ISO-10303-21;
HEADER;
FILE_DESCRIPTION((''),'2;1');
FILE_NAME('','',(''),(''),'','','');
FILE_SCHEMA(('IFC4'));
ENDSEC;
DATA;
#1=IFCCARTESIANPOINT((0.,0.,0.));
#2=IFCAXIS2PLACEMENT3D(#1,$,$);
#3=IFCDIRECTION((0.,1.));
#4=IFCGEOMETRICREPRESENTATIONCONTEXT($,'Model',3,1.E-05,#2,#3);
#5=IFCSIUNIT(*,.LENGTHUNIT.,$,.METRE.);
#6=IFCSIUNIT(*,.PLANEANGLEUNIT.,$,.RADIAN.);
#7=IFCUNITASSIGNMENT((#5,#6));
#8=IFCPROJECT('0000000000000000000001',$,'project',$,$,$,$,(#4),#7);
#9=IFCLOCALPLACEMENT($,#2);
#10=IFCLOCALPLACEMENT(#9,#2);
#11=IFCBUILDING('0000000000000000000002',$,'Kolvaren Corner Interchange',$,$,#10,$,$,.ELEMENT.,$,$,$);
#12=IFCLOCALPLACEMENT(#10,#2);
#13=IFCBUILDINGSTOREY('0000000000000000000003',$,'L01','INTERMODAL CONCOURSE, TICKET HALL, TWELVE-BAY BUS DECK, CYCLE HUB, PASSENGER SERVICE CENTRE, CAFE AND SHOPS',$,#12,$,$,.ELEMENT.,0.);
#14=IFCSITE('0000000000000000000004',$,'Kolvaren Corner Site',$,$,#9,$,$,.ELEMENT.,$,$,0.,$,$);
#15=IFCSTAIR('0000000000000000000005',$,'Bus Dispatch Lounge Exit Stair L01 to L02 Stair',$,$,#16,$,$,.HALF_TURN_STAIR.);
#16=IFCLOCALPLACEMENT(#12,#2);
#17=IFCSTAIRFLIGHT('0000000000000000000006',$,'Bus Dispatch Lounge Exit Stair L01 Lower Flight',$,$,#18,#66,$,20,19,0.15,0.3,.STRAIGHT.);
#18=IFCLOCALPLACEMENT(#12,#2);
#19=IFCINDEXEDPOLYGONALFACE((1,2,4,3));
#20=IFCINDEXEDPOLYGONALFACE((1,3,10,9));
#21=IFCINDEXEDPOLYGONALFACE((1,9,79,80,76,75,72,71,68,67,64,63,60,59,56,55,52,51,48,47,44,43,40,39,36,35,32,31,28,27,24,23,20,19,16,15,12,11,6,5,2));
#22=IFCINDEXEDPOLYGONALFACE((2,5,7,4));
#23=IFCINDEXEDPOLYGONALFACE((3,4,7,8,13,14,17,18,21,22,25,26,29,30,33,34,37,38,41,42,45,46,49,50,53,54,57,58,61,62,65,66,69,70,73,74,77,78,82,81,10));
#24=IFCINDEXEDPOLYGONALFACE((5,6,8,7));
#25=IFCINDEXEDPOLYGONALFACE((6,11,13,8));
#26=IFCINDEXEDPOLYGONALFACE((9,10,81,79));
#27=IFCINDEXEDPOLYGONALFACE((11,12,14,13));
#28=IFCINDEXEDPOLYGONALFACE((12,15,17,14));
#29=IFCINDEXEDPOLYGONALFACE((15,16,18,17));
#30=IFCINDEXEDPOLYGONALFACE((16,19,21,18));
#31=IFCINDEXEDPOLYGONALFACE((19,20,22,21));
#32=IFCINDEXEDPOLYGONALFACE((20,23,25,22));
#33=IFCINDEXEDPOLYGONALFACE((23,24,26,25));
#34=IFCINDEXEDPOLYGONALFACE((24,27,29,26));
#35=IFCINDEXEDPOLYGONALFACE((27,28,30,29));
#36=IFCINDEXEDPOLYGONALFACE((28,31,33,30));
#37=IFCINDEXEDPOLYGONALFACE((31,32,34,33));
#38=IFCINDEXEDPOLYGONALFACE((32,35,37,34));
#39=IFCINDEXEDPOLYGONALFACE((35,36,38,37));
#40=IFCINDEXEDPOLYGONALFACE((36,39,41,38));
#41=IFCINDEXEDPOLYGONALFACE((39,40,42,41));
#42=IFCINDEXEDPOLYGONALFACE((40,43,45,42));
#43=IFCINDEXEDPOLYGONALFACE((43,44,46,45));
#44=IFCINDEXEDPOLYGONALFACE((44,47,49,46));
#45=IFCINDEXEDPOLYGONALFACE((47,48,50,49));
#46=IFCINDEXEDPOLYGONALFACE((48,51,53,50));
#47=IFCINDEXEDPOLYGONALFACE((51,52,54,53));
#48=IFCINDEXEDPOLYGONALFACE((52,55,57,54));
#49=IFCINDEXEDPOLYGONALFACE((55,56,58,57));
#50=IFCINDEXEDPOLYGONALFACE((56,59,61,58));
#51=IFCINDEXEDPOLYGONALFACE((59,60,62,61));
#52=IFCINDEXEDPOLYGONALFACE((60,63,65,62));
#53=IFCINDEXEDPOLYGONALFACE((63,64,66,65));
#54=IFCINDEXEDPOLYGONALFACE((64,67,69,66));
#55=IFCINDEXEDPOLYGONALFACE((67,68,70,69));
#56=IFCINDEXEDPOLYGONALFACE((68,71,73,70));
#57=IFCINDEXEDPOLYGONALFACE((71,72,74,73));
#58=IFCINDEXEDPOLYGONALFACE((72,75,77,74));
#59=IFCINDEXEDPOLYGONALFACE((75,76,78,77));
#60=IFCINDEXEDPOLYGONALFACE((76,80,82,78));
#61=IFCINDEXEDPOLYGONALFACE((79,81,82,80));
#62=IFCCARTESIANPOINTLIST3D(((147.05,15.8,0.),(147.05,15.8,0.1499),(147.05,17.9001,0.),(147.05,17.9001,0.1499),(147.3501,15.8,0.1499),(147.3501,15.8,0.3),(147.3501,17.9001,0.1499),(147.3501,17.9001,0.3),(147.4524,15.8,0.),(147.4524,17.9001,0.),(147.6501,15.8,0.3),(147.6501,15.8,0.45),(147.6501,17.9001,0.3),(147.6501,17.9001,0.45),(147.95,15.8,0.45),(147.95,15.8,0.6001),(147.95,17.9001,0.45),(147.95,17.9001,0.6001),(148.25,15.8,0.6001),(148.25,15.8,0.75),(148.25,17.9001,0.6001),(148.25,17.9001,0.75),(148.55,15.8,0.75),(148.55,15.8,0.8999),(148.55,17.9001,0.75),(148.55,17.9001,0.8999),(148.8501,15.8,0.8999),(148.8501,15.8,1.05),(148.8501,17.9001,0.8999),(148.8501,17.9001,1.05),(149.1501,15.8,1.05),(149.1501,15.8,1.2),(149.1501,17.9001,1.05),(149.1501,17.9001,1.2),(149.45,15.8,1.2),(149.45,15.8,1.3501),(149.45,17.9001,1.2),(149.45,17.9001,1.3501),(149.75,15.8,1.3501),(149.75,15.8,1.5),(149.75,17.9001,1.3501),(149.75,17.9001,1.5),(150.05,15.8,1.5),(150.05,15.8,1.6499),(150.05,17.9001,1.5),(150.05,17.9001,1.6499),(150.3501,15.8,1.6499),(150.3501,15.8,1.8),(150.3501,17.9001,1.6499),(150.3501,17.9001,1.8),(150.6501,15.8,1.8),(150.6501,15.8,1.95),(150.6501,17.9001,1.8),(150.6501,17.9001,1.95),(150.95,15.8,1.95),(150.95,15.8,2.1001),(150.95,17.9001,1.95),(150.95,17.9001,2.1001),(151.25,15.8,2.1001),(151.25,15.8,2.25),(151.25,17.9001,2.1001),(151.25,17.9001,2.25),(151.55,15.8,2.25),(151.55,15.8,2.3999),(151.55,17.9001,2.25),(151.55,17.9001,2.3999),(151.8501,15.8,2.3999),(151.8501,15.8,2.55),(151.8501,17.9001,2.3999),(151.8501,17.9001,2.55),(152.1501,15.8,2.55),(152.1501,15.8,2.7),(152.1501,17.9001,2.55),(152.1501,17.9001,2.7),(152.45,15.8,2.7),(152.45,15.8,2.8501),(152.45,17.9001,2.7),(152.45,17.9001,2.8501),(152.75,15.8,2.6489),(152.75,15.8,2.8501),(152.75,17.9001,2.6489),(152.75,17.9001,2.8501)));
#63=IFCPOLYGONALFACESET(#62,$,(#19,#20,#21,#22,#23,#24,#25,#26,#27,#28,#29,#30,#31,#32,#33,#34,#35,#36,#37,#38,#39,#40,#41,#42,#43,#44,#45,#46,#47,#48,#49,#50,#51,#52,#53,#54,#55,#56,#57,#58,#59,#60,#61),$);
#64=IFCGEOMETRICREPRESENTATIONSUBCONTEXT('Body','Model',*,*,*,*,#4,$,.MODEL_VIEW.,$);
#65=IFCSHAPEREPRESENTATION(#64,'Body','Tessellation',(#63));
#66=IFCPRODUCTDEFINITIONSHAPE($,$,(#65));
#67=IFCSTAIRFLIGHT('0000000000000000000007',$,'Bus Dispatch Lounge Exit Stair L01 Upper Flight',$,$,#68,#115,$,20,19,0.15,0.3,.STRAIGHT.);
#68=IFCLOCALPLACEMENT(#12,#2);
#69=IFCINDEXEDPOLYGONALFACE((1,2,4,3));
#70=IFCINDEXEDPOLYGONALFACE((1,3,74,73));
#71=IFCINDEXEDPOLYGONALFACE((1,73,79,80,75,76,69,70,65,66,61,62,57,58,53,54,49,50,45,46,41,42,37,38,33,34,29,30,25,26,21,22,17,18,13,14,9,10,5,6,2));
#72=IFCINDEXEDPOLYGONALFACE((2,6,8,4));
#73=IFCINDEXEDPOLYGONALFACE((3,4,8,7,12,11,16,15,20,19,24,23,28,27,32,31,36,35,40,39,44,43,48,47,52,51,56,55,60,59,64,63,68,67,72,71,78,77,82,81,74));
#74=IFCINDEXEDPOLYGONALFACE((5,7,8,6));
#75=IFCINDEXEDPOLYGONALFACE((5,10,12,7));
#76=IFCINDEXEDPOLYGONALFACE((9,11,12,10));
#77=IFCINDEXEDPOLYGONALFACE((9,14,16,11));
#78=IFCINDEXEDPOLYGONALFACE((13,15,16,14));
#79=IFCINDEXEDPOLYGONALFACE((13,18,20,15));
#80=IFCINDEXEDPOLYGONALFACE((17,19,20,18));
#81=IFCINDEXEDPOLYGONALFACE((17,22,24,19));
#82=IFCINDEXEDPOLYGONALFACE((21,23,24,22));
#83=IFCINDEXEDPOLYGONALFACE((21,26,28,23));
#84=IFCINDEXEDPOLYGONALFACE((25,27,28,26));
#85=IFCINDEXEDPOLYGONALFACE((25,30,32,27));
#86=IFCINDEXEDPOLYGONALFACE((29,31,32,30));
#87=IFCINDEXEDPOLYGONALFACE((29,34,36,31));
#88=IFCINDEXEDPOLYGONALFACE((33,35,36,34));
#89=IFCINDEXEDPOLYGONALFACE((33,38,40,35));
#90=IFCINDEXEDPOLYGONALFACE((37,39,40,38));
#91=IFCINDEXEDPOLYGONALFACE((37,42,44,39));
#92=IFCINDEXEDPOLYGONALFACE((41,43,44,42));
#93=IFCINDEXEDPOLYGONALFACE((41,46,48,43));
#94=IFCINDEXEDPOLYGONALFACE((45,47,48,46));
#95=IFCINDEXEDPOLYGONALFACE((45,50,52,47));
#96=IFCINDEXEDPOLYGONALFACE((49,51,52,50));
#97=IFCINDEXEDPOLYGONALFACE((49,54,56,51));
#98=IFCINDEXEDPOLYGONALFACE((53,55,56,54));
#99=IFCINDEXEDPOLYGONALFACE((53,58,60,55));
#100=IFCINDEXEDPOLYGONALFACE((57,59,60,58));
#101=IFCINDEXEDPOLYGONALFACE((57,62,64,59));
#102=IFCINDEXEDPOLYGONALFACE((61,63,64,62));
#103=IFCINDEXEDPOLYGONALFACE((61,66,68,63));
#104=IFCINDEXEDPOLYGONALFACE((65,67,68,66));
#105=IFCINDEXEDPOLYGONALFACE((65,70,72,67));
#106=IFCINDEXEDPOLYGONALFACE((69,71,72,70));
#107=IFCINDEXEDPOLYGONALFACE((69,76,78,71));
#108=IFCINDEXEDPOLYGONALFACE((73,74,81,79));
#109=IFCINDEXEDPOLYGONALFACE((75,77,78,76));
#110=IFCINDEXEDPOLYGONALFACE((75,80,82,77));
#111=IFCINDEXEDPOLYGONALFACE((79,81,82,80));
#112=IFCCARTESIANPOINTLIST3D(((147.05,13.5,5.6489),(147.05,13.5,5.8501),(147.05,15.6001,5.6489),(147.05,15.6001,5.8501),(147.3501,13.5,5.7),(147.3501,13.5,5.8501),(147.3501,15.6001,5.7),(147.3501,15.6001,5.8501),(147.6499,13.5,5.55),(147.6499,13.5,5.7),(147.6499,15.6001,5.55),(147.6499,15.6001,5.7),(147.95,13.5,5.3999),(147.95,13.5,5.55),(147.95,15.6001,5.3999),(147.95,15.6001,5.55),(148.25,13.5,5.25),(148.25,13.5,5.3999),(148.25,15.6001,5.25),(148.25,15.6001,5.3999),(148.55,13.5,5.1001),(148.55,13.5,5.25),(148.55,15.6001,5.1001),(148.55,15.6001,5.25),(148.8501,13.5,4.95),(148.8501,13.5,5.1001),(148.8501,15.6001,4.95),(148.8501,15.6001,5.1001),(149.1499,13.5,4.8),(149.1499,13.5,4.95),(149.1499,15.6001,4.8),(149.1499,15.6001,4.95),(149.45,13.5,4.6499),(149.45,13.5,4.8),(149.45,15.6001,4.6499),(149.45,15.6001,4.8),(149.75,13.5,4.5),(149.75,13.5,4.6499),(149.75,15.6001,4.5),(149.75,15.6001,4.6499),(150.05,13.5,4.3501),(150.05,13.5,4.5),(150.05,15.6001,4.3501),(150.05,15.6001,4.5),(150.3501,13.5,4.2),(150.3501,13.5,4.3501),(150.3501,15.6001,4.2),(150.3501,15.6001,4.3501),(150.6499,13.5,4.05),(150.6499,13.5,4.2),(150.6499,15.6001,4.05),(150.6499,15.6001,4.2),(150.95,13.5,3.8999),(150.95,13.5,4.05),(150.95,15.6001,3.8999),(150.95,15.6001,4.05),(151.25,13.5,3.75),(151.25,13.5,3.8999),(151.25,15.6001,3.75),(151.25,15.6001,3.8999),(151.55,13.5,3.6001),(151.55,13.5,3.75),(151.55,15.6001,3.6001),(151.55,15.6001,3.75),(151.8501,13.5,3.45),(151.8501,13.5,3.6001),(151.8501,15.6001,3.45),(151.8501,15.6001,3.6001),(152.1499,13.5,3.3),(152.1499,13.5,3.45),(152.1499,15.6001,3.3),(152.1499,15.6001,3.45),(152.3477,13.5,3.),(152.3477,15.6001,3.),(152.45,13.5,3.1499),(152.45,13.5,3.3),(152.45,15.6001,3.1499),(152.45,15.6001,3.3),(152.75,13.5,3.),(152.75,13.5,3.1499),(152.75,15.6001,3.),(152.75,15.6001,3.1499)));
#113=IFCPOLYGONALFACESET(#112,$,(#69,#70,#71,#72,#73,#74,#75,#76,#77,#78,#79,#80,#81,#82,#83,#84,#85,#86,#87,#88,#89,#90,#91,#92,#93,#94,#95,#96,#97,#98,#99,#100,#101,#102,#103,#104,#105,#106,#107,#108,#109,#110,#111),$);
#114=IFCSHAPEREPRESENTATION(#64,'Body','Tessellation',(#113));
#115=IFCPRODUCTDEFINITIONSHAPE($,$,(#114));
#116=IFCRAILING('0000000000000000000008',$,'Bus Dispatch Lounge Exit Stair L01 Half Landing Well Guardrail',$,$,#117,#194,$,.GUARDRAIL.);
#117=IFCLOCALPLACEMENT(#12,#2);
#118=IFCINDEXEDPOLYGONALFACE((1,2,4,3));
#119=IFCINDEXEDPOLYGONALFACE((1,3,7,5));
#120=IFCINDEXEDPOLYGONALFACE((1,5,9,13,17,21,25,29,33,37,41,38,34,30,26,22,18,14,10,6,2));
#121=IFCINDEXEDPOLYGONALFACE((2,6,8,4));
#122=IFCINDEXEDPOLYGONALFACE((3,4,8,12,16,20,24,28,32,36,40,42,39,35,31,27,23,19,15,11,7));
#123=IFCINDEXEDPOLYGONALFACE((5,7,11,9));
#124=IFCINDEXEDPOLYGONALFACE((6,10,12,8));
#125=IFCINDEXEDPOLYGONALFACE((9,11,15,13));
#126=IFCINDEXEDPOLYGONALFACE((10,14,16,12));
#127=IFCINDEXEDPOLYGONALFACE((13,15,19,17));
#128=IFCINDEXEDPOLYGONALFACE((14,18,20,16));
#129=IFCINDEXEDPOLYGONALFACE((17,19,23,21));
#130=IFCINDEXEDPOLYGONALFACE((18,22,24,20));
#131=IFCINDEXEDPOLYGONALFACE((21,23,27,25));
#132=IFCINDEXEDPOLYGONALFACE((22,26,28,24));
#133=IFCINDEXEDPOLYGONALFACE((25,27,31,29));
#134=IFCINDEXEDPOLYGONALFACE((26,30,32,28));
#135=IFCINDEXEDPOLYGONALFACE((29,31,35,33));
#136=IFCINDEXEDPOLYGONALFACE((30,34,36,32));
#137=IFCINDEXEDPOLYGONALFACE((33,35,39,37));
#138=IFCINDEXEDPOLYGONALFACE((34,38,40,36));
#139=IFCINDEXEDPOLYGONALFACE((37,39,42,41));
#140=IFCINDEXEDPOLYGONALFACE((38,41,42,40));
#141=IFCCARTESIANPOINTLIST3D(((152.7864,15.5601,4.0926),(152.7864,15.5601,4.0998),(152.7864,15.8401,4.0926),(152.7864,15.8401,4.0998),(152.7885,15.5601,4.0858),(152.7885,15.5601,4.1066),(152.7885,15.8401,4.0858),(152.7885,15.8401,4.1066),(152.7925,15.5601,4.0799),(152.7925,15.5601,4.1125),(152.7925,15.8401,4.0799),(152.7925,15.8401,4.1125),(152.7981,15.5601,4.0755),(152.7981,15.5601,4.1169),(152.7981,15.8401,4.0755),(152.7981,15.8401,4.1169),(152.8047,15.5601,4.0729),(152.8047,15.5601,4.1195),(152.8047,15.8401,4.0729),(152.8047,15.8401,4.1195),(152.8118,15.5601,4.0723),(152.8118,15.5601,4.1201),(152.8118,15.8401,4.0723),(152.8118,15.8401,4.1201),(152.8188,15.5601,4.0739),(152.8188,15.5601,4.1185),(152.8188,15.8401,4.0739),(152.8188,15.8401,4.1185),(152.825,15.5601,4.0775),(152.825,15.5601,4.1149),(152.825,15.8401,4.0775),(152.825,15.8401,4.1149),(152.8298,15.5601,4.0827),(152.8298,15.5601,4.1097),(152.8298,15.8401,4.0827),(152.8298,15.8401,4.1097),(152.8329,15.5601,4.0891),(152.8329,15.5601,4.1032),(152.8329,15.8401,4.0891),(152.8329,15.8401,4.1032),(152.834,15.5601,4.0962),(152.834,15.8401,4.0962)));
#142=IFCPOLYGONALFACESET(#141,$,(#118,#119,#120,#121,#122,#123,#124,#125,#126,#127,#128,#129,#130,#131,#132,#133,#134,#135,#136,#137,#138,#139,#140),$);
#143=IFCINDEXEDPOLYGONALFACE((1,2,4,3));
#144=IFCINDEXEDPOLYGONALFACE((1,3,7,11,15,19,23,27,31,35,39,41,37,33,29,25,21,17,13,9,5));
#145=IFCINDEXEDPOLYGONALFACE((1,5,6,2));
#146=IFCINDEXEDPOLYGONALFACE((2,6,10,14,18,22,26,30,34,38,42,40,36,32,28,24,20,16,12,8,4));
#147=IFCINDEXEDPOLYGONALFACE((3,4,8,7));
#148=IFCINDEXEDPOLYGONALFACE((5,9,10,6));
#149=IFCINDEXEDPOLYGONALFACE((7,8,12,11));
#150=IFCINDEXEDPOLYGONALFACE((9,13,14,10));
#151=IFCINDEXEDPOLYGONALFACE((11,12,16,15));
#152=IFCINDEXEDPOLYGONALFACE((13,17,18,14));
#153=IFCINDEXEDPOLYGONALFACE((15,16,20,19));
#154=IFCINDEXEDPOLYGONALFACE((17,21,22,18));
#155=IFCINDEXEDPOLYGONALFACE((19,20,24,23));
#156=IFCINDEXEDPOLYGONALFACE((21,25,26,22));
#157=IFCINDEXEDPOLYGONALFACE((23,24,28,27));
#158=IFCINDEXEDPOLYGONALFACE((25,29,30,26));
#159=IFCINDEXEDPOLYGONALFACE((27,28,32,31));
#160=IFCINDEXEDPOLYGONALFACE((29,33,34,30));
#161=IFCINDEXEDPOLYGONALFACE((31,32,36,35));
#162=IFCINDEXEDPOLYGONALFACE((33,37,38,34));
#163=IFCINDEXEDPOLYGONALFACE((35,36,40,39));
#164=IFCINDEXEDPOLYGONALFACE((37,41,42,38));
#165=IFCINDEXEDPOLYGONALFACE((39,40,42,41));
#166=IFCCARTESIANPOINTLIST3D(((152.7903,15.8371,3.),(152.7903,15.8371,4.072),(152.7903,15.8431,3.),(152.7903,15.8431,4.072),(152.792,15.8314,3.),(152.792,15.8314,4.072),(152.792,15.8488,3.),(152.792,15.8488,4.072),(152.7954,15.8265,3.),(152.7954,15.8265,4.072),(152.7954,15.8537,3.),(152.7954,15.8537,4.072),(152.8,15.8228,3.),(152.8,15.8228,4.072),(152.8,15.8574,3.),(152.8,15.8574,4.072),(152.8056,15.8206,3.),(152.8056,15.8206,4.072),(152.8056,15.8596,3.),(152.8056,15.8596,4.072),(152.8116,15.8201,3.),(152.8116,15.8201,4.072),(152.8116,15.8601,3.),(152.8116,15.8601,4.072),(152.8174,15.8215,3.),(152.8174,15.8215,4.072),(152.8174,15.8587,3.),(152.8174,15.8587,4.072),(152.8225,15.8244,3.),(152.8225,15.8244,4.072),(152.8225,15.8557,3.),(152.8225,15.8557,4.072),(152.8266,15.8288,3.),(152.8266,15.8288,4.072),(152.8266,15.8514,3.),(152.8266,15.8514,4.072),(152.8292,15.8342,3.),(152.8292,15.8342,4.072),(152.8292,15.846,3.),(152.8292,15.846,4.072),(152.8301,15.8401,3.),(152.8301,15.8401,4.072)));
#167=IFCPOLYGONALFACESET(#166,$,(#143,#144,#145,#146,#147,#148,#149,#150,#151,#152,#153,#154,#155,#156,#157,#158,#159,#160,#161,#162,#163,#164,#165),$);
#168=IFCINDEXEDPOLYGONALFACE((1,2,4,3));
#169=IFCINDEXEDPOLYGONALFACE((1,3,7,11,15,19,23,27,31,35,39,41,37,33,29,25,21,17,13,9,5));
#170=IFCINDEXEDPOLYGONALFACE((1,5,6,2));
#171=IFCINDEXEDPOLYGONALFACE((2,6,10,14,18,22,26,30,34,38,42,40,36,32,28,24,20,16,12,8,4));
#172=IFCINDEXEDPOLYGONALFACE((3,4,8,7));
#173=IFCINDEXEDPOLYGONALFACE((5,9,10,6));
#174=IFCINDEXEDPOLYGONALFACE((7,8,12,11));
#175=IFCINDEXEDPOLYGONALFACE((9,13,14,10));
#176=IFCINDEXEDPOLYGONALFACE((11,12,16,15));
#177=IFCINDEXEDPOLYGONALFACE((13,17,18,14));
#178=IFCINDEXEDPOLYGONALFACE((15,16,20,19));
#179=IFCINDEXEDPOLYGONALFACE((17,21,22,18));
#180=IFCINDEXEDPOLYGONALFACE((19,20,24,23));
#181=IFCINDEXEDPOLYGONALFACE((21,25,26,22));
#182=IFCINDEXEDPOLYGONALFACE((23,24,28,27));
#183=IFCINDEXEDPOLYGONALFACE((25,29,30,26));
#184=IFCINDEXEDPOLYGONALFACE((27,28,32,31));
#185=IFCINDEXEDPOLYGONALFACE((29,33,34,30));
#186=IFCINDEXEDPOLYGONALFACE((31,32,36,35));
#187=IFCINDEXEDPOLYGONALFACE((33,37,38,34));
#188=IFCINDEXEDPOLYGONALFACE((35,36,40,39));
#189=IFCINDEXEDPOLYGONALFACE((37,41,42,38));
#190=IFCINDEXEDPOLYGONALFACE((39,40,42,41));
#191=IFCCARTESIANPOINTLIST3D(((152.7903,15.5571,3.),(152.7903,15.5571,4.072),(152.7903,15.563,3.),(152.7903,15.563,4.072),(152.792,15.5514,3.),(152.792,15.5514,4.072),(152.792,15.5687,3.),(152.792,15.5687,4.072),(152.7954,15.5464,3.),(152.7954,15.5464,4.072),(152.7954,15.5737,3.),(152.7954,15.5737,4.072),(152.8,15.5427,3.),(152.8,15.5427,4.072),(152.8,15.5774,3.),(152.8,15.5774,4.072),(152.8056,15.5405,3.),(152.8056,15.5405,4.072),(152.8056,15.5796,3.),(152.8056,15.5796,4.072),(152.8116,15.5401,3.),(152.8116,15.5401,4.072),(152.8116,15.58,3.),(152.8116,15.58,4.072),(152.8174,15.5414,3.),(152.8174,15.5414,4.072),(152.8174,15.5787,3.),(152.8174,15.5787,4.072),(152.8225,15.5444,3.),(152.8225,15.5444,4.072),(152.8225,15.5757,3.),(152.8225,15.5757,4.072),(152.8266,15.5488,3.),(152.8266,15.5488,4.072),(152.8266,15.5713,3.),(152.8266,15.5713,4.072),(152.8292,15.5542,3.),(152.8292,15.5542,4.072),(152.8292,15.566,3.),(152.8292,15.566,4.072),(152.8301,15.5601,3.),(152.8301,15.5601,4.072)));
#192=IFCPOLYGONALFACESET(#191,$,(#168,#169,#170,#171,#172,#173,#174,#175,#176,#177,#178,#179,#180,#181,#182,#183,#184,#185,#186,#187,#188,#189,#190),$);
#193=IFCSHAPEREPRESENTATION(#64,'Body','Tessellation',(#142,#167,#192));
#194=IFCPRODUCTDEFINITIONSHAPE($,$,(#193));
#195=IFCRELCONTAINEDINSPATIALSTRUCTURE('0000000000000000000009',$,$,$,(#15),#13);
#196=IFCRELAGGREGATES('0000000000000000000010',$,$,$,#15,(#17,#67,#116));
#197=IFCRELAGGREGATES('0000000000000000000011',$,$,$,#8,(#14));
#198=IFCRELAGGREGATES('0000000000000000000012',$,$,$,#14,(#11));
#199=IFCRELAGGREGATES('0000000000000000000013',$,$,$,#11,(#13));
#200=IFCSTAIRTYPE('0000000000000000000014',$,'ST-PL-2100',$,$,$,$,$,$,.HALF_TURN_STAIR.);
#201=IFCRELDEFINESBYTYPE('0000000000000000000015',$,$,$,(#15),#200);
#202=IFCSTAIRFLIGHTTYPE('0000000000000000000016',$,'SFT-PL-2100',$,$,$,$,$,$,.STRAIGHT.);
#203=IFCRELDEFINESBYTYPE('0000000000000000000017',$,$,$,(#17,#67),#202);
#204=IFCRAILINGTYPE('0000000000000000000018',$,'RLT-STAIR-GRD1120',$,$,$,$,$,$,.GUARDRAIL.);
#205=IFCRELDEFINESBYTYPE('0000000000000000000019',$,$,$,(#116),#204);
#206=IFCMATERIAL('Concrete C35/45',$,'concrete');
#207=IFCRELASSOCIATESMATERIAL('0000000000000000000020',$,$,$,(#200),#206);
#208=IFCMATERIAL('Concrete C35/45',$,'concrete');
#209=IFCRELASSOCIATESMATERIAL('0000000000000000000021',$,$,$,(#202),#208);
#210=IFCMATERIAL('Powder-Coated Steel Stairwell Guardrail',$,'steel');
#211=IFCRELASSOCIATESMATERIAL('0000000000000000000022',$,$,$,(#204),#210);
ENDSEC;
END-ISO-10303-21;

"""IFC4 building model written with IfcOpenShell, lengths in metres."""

from ifc_helpers import new_model, si_unit, direction, frame, origin, origin_2d, place, context, subcontext, project, spatial, polyline, circle, outline, extrude, material, type_object, element, aggregate, save


model = new_model("IFC4")

# Units and contexts
model_context = context("Model", 3, precision=1e-05, world=origin(), true_north=direction((0.0, 1.0)))
body_context = subcontext(model_context, "Body", "Model", "MODEL_VIEW")
ifc_project = project(units=[si_unit("LENGTHUNIT", "METRE"), si_unit("PLANEANGLEUNIT", "RADIAN")], contexts=[model_context])

# Site, building, storey
site_placement = place(None, origin())
site = spatial("IfcSite", under=ifc_project, at=site_placement, Name="Kolvaren Corner Site", CompositionType="ELEMENT", RefElevation=0.0)
building_placement = place(site_placement, origin())
building = spatial("IfcBuilding", under=site, at=building_placement, Name="Kolvaren Corner Interchange", CompositionType="ELEMENT")
storey_placement = place(building_placement, origin())
storey = spatial("IfcBuildingStorey", under=building, at=storey_placement, Name="L01", Description="INTERMODAL CONCOURSE, TICKET HALL, TWELVE-BAY BUS DECK, CYCLE HUB, PASSENGER SERVICE CENTRE, CAFE AND SHOPS", CompositionType="ELEMENT", Elevation=0.0)

# Stair, stair flights, railing
ifc_material_1 = material(Name="Concrete C35/45", Category="concrete")
stair_type = type_object("IfcStairType", Name="ST-PL-2100", PredefinedType="HALF_TURN_STAIR", material=ifc_material_1)
stair_placement = place(storey_placement, origin())
stair = element("IfcStair", 1, at=stair_placement, inside=storey, type_object=stair_type, Name="Bus Dispatch Lounge Exit Stair L01 to L02 Stair", PredefinedType="HALF_TURN_STAIR")
ifc_material_2 = material(Name="Concrete C35/45", Category="concrete")
stair_flight_type = type_object("IfcStairFlightType", Name="SFT-PL-2100", PredefinedType="STRAIGHT", material=ifc_material_2)
stair_flight_1_placement = place(storey_placement, frame((147.05, 16.8501, 0.0), z_axis=(0.0, 0.0, 1.0), x_axis=(1.0, 0.0, 0.0)))
stair_flight_1 = element("IfcStairFlight", 2, at=stair_flight_1_placement, type_object=stair_flight_type, Name="Bus Dispatch Lounge Exit Stair L01 Lower Flight", NumberOfRisers=20, NumberOfTreads=19, PredefinedType="STRAIGHT", RiserHeight=0.15, TreadLength=0.3, context=body_context, shape_type="SweptSolid", body=[
    extrude(outline(polyline([(0.0, 0.0), (0.0, 0.1499), (0.3, 0.1499), (0.3, 0.3), (0.6001, 0.3), (0.6001, 0.45), (0.8999, 0.45), (0.8999, 0.6001), (1.2, 0.6001), (1.2, 0.75), (1.5, 0.75), (1.5, 0.8999), (1.8, 0.8999), (1.8, 1.05), (2.1001, 1.05), (2.1001, 1.2), (2.3999, 1.2), (2.3999, 1.3501), (2.7, 1.3501), (2.7, 1.5), (3.0, 1.5), (3.0, 1.6499), (3.3, 1.6499), (3.3, 1.8), (3.6001, 1.8), (3.6001, 1.95), (3.8999, 1.95), (3.8999, 2.1001), (4.2, 2.1001), (4.2, 2.25), (4.5, 2.25), (4.5, 2.3999), (4.8, 2.3999), (4.8, 2.55), (5.1001, 2.55), (5.1001, 2.7), (5.3999, 2.7), (5.3999, 2.8501), (5.7, 2.8501), (5.7, 3.0), (5.7, 2.6489), (0.4023, 0.0), (0.0, 0.0)])), frame((0.0, 1.05, 0.0), z_axis=(0.0, -1.0, 0.0), x_axis=(1.0, 0.0, 0.0)), (0.0, 0.0, 1.0), 2.1001),
])
stair_flight_2_placement = place(storey_placement, frame((152.75, 14.55, 3.0), z_axis=(0.0, 0.0, 1.0), x_axis=(-1.0, 0.0, 0.0)))
stair_flight_2 = element("IfcStairFlight", 3, at=stair_flight_2_placement, type_object=stair_flight_type, Name="Bus Dispatch Lounge Exit Stair L01 Upper Flight", NumberOfRisers=20, NumberOfTreads=19, PredefinedType="STRAIGHT", RiserHeight=0.15, TreadLength=0.3, context=body_context, shape_type="SweptSolid", body=[
    extrude(outline(polyline([(0.0, 0.0), (0.0, 0.1499), (0.3, 0.1499), (0.3, 0.3), (0.6001, 0.3), (0.6001, 0.45), (0.8999, 0.45), (0.8999, 0.6001), (1.2, 0.6001), (1.2, 0.75), (1.5, 0.75), (1.5, 0.8999), (1.8, 0.8999), (1.8, 1.05), (2.1001, 1.05), (2.1001, 1.2), (2.3999, 1.2), (2.3999, 1.3501), (2.7, 1.3501), (2.7, 1.5), (3.0, 1.5), (3.0, 1.6499), (3.3, 1.6499), (3.3, 1.8), (3.6001, 1.8), (3.6001, 1.95), (3.8999, 1.95), (3.8999, 2.1001), (4.2, 2.1001), (4.2, 2.25), (4.5, 2.25), (4.5, 2.3999), (4.8, 2.3999), (4.8, 2.55), (5.1001, 2.55), (5.1001, 2.7), (5.3999, 2.7), (5.3999, 2.8501), (5.7, 2.8501), (5.7, 3.0), (5.7, 2.6489), (0.4023, 0.0), (0.0, 0.0)])), frame((0.0, 1.05, 0.0), z_axis=(0.0, -1.0, 0.0), x_axis=(1.0, 0.0, 0.0)), (0.0, 0.0, 1.0), 2.1001),
])
ifc_material_3 = material(Name="Powder-Coated Steel Stairwell Guardrail", Category="steel")
railing_type_1 = type_object("IfcRailingType", Name="RLT-STAIR-GRD1120", PredefinedType="GUARDRAIL", material=ifc_material_3)
railing_1_placement = place(storey_placement, frame((152.8101, 15.8401, 3.0)))
railing_1 = element("IfcRailing", 4, at=railing_1_placement, type_object=railing_type_1, Name="Bus Dispatch Lounge Exit Stair L01 Half Landing Well Guardrail", PredefinedType="GUARDRAIL", context=body_context, shape_type="SweptSolid", body=[
    extrude(circle(Radius=0.0239, at=origin_2d()), frame((0.0, 0.0, 1.0962), z_axis=(0.0, -1.0, 0.0), x_axis=(1.0, 0.0, 0.0)), (0.0, 0.0, 1.0), 0.28),
    extrude(circle(Radius=0.02, at=origin_2d()), origin(), (0.0, 0.0, 1.0), 1.072),
    extrude(circle(Radius=0.02, at=origin_2d()), frame((0.0, -0.28, 0.0)), (0.0, 0.0, 1.0), 1.072),
])
aggregate(stair, [stair_flight_1, stair_flight_2, railing_1])

save(model, "model.ifc")
